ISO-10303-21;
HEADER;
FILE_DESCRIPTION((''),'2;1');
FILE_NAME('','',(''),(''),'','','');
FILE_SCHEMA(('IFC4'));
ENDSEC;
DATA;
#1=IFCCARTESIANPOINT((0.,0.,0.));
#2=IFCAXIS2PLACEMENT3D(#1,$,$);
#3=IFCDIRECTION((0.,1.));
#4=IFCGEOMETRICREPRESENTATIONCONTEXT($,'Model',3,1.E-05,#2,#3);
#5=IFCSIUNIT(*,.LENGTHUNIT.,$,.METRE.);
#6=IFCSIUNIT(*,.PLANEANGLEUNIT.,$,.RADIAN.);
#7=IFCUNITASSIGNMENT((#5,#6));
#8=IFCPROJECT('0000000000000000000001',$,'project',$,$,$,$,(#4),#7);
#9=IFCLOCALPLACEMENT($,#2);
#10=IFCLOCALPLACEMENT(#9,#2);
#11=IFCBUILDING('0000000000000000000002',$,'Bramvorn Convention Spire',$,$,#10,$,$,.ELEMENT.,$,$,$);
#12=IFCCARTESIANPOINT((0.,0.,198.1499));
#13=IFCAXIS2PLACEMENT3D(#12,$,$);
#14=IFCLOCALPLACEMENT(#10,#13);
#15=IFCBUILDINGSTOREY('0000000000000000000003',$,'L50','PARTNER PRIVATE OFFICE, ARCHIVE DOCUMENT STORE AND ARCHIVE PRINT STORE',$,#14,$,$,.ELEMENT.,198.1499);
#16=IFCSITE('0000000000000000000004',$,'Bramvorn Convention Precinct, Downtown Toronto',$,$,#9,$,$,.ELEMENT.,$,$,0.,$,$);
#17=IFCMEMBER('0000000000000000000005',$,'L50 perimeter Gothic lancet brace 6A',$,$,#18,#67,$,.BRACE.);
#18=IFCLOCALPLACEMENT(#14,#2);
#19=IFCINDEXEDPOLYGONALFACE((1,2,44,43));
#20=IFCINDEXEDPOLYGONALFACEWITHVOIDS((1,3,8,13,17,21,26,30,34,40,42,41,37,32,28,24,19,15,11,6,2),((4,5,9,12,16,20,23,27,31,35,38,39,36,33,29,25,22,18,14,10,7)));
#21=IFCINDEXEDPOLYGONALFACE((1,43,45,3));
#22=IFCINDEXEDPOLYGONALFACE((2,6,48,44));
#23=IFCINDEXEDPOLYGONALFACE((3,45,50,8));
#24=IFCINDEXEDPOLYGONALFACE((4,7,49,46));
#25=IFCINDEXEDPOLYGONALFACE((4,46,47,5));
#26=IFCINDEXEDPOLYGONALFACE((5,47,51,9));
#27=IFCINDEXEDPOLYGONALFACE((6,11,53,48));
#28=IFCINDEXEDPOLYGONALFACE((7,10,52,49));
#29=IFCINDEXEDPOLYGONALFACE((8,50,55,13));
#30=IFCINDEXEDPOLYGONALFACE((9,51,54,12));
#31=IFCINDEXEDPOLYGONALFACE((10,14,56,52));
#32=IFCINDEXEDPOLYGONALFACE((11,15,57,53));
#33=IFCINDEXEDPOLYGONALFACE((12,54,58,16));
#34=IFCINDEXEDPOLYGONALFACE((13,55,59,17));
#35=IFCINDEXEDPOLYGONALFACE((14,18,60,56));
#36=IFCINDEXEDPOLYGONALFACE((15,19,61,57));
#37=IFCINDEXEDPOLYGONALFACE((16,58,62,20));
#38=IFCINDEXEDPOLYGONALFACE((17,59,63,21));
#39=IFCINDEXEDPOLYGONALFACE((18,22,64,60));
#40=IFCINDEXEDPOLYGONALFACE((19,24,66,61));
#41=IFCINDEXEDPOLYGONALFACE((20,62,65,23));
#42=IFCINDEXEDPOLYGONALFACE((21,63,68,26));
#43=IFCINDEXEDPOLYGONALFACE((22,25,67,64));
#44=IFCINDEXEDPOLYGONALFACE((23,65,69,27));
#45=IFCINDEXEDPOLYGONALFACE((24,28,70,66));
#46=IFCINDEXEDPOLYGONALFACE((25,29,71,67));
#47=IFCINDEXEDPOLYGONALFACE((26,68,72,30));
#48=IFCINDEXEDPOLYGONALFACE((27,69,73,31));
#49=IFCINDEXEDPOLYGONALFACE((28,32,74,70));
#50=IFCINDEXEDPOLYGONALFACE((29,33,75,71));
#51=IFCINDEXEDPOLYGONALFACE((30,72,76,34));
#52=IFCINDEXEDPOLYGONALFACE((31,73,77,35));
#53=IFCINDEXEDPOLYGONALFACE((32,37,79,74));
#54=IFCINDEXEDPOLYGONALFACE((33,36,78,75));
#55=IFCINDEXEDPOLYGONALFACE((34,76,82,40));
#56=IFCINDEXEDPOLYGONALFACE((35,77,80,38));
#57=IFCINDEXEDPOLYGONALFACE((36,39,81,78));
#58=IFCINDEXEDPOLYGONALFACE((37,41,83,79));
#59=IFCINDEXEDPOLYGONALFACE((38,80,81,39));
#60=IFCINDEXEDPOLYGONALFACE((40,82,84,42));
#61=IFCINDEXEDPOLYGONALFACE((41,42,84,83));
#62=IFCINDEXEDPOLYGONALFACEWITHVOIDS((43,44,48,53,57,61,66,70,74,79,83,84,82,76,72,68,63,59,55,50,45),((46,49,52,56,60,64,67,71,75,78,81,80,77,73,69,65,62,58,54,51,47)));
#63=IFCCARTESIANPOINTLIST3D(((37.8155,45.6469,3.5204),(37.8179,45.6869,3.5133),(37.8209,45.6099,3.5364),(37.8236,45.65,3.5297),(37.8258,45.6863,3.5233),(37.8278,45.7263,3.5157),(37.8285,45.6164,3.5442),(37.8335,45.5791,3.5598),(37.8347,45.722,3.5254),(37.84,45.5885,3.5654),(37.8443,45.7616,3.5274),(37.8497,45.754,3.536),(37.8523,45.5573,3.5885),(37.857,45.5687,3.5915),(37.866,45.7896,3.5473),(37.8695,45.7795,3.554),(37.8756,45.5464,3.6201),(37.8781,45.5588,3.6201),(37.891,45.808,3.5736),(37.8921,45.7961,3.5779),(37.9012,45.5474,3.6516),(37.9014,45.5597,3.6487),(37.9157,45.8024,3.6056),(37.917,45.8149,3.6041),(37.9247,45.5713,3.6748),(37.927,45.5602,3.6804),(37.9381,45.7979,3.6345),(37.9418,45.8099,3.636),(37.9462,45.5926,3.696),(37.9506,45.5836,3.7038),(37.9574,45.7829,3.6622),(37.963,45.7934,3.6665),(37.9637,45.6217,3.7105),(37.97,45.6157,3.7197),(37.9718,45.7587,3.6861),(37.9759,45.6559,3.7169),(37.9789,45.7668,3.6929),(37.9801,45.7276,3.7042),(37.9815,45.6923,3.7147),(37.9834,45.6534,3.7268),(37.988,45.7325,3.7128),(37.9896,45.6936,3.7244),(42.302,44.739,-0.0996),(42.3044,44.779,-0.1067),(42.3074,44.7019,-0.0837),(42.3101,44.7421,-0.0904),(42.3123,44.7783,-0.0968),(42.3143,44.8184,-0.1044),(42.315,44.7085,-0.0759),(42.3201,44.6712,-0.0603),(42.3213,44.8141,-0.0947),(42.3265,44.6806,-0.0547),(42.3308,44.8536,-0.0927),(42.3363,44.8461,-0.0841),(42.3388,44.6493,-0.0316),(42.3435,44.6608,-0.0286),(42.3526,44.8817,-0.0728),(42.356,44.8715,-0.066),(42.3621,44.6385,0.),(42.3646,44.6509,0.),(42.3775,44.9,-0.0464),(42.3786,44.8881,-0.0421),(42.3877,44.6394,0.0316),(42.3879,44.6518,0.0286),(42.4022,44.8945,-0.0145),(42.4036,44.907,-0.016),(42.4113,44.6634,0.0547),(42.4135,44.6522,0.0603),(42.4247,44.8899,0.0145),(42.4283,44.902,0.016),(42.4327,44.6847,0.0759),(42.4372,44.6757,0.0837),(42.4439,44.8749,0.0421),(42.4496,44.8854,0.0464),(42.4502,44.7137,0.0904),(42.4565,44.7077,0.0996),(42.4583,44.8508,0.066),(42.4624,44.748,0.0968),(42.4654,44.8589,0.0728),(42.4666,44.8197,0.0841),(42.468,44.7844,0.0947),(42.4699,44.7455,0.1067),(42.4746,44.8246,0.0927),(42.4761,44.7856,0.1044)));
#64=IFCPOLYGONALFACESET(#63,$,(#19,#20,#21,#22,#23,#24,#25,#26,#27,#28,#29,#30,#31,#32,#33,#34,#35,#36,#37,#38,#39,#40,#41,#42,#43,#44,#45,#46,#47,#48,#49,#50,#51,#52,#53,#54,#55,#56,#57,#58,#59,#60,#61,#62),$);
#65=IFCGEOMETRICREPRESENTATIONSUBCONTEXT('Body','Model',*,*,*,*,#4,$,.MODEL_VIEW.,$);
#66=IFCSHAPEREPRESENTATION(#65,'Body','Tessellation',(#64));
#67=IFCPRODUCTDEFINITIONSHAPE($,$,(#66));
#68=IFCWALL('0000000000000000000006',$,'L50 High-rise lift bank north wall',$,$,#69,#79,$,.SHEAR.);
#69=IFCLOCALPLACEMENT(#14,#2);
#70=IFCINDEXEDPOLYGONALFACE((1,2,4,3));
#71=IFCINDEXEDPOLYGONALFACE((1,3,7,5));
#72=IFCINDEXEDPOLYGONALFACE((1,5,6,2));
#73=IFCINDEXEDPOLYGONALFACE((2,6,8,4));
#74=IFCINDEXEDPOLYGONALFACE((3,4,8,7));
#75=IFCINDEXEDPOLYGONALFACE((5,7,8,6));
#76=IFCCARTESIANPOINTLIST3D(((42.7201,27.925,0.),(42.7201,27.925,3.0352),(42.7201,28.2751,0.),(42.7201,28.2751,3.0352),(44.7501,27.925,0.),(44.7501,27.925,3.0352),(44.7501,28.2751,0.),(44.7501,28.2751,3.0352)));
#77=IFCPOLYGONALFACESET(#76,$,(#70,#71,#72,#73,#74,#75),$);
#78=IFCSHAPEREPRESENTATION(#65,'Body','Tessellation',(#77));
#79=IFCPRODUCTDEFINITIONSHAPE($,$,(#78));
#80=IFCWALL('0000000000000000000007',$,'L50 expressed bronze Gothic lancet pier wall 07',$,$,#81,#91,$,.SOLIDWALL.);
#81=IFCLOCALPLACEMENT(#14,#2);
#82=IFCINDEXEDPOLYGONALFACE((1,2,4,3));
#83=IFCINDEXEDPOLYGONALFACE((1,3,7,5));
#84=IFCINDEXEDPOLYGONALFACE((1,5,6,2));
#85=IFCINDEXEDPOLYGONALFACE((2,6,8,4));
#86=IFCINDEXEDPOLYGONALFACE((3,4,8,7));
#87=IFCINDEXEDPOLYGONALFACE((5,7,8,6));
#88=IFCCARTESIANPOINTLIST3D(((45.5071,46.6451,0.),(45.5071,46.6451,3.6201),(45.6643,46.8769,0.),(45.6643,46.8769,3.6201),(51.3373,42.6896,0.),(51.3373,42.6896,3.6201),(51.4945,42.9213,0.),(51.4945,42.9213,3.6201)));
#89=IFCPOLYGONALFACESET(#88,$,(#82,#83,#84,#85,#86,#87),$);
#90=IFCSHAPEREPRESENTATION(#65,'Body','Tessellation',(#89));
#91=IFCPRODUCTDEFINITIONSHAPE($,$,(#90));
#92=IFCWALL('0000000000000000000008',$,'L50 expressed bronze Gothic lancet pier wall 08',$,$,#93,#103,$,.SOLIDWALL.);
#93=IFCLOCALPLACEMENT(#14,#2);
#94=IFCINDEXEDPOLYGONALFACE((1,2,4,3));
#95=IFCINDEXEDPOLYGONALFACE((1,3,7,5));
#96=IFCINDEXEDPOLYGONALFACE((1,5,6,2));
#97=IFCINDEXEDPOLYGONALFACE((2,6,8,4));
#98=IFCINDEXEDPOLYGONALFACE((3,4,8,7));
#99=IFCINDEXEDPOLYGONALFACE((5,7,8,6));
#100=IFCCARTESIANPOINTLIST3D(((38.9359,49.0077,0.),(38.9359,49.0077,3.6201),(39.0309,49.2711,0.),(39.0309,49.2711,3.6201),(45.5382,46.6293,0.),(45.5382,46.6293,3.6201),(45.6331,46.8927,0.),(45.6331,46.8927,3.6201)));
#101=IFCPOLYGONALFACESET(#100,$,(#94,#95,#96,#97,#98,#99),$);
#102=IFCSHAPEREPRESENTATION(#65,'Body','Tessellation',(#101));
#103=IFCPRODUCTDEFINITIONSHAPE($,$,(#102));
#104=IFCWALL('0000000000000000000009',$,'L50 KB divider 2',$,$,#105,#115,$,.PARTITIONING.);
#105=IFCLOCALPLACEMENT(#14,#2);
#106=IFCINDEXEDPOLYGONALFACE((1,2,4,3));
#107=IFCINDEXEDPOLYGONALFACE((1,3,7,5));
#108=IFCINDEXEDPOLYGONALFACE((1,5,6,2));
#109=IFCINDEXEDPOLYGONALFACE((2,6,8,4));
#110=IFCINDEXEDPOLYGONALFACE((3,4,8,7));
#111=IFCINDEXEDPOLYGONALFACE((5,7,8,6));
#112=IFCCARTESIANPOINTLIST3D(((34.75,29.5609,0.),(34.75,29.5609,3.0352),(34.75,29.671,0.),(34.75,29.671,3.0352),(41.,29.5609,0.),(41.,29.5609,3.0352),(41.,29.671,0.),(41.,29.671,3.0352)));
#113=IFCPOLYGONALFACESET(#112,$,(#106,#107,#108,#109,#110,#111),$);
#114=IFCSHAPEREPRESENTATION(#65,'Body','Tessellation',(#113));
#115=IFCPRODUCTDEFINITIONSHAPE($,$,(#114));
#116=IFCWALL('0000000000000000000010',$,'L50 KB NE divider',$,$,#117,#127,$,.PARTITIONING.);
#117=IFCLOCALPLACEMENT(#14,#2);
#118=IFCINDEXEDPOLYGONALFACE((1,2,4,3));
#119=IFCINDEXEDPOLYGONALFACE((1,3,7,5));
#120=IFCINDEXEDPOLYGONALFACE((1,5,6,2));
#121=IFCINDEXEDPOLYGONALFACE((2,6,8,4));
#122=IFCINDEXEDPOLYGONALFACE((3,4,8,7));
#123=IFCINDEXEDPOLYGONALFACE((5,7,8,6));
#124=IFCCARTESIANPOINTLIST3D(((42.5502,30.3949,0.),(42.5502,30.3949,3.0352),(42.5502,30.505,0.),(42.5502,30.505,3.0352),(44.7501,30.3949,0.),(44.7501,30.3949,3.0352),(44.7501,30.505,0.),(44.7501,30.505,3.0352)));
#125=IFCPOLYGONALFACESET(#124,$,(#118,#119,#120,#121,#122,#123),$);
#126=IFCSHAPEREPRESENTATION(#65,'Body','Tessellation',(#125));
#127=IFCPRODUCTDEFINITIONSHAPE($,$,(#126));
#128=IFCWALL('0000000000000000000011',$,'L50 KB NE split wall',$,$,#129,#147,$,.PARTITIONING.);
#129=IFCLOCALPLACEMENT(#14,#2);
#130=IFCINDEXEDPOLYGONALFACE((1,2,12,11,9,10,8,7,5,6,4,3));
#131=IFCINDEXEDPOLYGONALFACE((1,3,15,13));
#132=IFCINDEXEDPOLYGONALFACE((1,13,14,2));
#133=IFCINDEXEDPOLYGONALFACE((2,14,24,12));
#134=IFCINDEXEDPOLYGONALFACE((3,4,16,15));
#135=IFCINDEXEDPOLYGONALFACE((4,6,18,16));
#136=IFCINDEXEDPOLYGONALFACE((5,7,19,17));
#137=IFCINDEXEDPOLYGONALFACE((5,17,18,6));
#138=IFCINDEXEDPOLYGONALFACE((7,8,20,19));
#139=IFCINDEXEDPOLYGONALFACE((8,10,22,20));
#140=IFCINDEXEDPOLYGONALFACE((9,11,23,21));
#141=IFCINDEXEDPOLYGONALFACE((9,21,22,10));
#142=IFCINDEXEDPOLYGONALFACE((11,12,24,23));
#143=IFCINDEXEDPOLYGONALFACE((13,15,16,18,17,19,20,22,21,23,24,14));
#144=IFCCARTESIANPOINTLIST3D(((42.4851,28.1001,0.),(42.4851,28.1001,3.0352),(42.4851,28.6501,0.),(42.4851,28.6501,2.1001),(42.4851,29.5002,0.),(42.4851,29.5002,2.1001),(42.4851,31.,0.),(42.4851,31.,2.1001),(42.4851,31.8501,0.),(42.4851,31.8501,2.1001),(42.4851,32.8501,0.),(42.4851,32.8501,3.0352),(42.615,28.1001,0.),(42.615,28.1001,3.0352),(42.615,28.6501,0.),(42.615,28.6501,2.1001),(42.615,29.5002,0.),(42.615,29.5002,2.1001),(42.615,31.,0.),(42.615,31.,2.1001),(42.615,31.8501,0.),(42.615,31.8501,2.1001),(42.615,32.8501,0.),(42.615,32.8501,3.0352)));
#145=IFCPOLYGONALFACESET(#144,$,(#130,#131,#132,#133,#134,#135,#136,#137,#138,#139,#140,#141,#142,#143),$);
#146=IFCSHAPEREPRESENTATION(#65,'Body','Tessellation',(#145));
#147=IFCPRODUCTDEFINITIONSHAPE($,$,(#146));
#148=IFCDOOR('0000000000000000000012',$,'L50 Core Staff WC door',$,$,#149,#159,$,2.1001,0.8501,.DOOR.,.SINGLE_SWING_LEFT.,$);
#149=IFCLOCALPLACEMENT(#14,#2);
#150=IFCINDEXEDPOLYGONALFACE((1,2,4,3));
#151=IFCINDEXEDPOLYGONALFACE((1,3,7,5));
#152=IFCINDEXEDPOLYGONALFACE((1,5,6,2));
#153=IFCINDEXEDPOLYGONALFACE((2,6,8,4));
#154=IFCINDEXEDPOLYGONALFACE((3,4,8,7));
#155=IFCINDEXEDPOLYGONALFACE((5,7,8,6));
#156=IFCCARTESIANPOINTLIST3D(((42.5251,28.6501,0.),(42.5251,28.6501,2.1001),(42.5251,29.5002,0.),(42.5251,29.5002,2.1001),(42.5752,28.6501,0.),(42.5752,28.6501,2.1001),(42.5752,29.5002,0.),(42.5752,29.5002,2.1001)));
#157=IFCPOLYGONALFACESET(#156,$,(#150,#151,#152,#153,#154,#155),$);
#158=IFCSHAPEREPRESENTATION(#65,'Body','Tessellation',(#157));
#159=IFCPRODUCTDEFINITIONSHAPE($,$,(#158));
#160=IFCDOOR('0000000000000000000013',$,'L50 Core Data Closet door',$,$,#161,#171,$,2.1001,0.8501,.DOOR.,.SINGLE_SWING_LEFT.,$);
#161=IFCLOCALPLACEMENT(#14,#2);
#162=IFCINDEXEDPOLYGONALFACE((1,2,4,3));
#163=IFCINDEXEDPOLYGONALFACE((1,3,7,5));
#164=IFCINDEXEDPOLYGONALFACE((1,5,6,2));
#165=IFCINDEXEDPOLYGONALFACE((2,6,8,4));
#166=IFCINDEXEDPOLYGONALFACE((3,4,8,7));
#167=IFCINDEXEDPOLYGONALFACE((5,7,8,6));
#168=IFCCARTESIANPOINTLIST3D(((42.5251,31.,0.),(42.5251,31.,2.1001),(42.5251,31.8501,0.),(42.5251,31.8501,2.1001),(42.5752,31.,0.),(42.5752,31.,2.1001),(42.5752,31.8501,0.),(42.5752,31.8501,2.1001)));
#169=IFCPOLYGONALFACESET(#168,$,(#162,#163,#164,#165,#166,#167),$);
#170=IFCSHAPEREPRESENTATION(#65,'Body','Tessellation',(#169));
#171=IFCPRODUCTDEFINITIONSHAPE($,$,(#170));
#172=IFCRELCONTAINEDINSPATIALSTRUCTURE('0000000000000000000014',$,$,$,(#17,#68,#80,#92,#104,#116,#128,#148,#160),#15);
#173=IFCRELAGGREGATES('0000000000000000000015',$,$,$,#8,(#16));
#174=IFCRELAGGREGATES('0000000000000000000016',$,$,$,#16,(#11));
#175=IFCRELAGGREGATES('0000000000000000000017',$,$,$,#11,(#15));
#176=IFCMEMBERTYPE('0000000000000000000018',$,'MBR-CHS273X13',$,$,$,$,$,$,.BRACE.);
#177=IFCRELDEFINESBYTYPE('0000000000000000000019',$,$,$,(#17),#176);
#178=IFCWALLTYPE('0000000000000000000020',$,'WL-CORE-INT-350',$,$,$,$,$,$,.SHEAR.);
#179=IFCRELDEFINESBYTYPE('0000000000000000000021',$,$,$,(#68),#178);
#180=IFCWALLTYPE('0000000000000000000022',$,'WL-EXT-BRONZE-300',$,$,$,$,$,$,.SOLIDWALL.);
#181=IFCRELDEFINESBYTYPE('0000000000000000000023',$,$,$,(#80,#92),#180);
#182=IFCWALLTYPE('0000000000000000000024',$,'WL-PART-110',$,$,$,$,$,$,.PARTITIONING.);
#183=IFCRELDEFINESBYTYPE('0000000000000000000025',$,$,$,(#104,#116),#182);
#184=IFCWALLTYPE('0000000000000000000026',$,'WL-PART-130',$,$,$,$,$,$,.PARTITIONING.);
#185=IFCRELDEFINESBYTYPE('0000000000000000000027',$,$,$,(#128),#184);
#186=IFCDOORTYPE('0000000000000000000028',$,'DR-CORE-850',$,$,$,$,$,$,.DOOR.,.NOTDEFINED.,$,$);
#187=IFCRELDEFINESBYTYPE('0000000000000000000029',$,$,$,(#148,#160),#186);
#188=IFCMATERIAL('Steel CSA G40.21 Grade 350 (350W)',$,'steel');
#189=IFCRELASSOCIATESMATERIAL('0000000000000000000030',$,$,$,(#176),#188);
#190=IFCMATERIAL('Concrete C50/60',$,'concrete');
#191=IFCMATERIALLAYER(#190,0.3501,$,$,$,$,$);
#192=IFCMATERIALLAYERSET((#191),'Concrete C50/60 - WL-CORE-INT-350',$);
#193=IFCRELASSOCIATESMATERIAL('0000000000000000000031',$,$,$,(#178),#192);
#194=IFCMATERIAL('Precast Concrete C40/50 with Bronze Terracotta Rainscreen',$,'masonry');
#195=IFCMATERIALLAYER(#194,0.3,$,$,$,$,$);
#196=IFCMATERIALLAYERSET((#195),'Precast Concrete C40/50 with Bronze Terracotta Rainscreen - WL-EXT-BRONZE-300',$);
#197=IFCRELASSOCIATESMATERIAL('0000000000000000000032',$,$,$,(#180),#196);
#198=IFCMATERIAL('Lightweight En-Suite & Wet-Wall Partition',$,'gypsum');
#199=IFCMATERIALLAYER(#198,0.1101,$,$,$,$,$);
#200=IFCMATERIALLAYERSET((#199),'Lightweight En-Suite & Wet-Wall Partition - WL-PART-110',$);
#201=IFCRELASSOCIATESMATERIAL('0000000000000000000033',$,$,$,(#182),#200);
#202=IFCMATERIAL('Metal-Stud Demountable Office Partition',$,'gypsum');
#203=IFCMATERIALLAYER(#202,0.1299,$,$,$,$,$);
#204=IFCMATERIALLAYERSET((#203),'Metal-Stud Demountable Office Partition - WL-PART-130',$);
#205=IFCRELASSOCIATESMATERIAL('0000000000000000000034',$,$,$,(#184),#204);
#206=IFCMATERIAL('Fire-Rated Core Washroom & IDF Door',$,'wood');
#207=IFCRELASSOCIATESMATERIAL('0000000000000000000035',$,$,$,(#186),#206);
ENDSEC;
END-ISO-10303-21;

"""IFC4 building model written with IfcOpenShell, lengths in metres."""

from ifc_helpers import new_model, si_unit, direction, frame, frame_2d, origin, origin_2d, place, context, subcontext, project, spatial, rectangle, hollow_circle, extrude, material, layer, layer_set, material_profile, profile_set, type_object, element, fill, save


model = new_model("IFC4")

# Units and contexts
model_context = context("Model", 3, precision=1e-05, world=origin(), true_north=direction((0.0, 1.0)))
body_context = subcontext(model_context, "Body", "Model", "MODEL_VIEW")
ifc_project = project(units=[si_unit("LENGTHUNIT", "METRE"), si_unit("PLANEANGLEUNIT", "RADIAN")], contexts=[model_context])

# Site, building, storey
site_placement = place(None, origin())
site = spatial("IfcSite", under=ifc_project, at=site_placement, Name="Bramvorn Convention Precinct, Downtown Toronto", CompositionType="ELEMENT", RefElevation=0.0)
building_placement = place(site_placement, origin())
building = spatial("IfcBuilding", under=site, at=building_placement, Name="Bramvorn Convention Spire", CompositionType="ELEMENT")
storey_placement = place(building_placement, frame((0.0, 0.0, 198.1499)))
storey = spatial("IfcBuildingStorey", under=building, at=storey_placement, Name="L50", Description="PARTNER PRIVATE OFFICE, ARCHIVE DOCUMENT STORE AND ARCHIVE PRINT STORE", CompositionType="ELEMENT", Elevation=198.1499)

# Shared definitions
ifc_material_1 = material(Name="Steel CSA G40.21 Grade 350 (350W)", Category="steel")

# Member
ifc_material_profile_1 = material_profile(ifc_material_1, hollow_circle(Radius=0.1365, WallThickness=0.0127, at=origin_2d()))
ifc_profile_set_1 = profile_set([ifc_material_profile_1], Name="Steel CSA G40.21 Grade 350 (350W) - CHS273X13")
member_type = type_object("IfcMemberType", Name="MBR-CHS273X13", PredefinedType="BRACE", material=ifc_profile_set_1)
member_placement = place(storey_placement, frame((42.3892, 44.7722, 0.0), z_axis=(-0.768774, 0.155579, 0.620307), x_axis=(-0.198352, -0.980131, 0.0)))
element("IfcMember", 1, at=member_placement, inside=storey, type_object=member_type, Name="L50 perimeter Gothic lancet brace 6A", PredefinedType="BRACE", context=body_context, shape_type="SweptSolid", body=[
    extrude(hollow_circle(Radius=0.1365, WallThickness=0.0127, at=origin_2d()), origin(), (0.0, 0.0, 1.0), 5.8359),
])

# Shared definitions
ifc_material_2 = material(Name="Concrete C50/60", Category="concrete")
ifc_layer_1 = layer(ifc_material_2, 0.3501)
ifc_layer_set_1 = layer_set([ifc_layer_1], Name="Concrete C50/60 - WL-CORE-INT-350")
wall_type_1 = type_object("IfcWallType", Name="WL-CORE-INT-350", PredefinedType="SHEAR", material=ifc_layer_set_1)

# Walls
wall_1_placement = place(storey_placement, frame((42.72, 28.1001, 0.0), z_axis=(0.0, 0.0, 1.0), x_axis=(1.0, 0.0, 0.0)))
element("IfcWall", 2, at=wall_1_placement, inside=storey, type_object=wall_type_1, Name="L50 High-rise lift bank north wall", PredefinedType="SHEAR", context=body_context, shape_type="SweptSolid", body=[
    extrude(rectangle(XDim=2.03, YDim=0.3501, at=frame_2d((1.0151, 0.0))), origin(), (0.0, 0.0, 1.0), 3.0352),
])
ifc_material_3 = material(Name="Precast Concrete C40/50 with Bronze Terracotta Rainscreen", Category="masonry")
ifc_layer_2 = layer(ifc_material_3, 0.3)
ifc_layer_set_2 = layer_set([ifc_layer_2], Name="Precast Concrete C40/50 with Bronze Terracotta Rainscreen - WL-EXT-BRONZE-300")
wall_type_2 = type_object("IfcWallType", Name="WL-EXT-BRONZE-300", PredefinedType="SOLIDWALL", material=ifc_layer_set_2)
wall_2_placement = place(storey_placement, frame((45.5857, 46.761, 0.0), z_axis=(0.0, 0.0, 1.0), x_axis=(0.827523, -0.561431, 0.0)))
element("IfcWall", 3, at=wall_2_placement, inside=storey, type_object=wall_type_2, Name="L50 expressed bronze Gothic lancet pier wall 07", PredefinedType="SOLIDWALL", context=body_context, shape_type="SweptSolid", body=[
    extrude(rectangle(XDim=7.0454, YDim=0.28, at=frame_2d((3.5227, 0.0))), origin(), (0.0, 0.0, 1.0), 3.6201),
])
wall_3_placement = place(storey_placement, frame((38.9834, 49.1394, 0.0), z_axis=(0.0, 0.0, 1.0), x_axis=(0.940815, -0.33892, 0.0)))
element("IfcWall", 4, at=wall_3_placement, inside=storey, type_object=wall_type_2, Name="L50 expressed bronze Gothic lancet pier wall 08", PredefinedType="SOLIDWALL", context=body_context, shape_type="SweptSolid", body=[
    extrude(rectangle(XDim=7.0176, YDim=0.28, at=frame_2d((3.5088, 0.0))), origin(), (0.0, 0.0, 1.0), 3.6201),
])
ifc_material_4 = material(Name="Lightweight En-Suite & Wet-Wall Partition", Category="gypsum")
ifc_layer_3 = layer(ifc_material_4, 0.1101)
ifc_layer_set_3 = layer_set([ifc_layer_3], Name="Lightweight En-Suite & Wet-Wall Partition - WL-PART-110")
wall_type_3 = type_object("IfcWallType", Name="WL-PART-110", PredefinedType="PARTITIONING", material=ifc_layer_set_3)
wall_4_placement = place(storey_placement, frame((34.75, 29.616, 0.0), z_axis=(0.0, 0.0, 1.0), x_axis=(1.0, 0.0, 0.0)))
element("IfcWall", 5, at=wall_4_placement, inside=storey, type_object=wall_type_3, Name="L50 KB divider 2", PredefinedType="PARTITIONING", context=body_context, shape_type="SweptSolid", body=[
    extrude(rectangle(XDim=6.25, YDim=0.1101, at=frame_2d((3.125, 0.0))), origin(), (0.0, 0.0, 1.0), 3.0352),
])
wall_5_placement = place(storey_placement, frame((42.55, 30.45, 0.0), z_axis=(0.0, 0.0, 1.0), x_axis=(1.0, 0.0, 0.0)))
element("IfcWall", 6, at=wall_5_placement, inside=storey, type_object=wall_type_3, Name="L50 KB NE divider", PredefinedType="PARTITIONING", context=body_context, shape_type="SweptSolid", body=[
    extrude(rectangle(XDim=2.2, YDim=0.1101, at=frame_2d((1.1001, 0.0))), origin(), (0.0, 0.0, 1.0), 3.0352),
])

# Wall, openings, doors
ifc_material_5 = material(Name="Metal-Stud Demountable Office Partition", Category="gypsum")
ifc_layer_4 = layer(ifc_material_5, 0.1299)
ifc_layer_set_4 = layer_set([ifc_layer_4], Name="Metal-Stud Demountable Office Partition - WL-PART-130")
wall_type_4 = type_object("IfcWallType", Name="WL-PART-130", PredefinedType="PARTITIONING", material=ifc_layer_set_4)
wall_6_placement = place(storey_placement, frame((42.55, 28.1001, 0.0), z_axis=(0.0, 0.0, 1.0), x_axis=(0.0, 1.0, 0.0)))
wall_6 = element("IfcWall", 7, at=wall_6_placement, inside=storey, type_object=wall_type_4, Name="L50 KB NE split wall", PredefinedType="PARTITIONING", context=body_context, shape_type="SweptSolid", body=[
    extrude(rectangle(XDim=4.75, YDim=0.1299, at=frame_2d((2.375, 0.0))), origin(), (0.0, 0.0, 1.0), 3.0352),
])
opening_1_placement = place(wall_6_placement, frame((0.55, 0.0, 0.0)))
opening_1 = element("IfcOpeningElement", 8, at=opening_1_placement, cuts=wall_6, PredefinedType="OPENING", context=body_context, shape_type="SweptSolid", body=[
    extrude(rectangle(XDim=0.8501, YDim=2.1001, at=frame_2d((0.425, 1.05))), frame((0.0, 0.075, 0.0), z_axis=(0.0, -1.0, 0.0), x_axis=(1.0, 0.0, 0.0)), (0.0, 0.0, 1.0), 0.1499),
])
opening_2_placement = place(wall_6_placement, frame((2.8999, 0.0, 0.0)))
opening_2 = element("IfcOpeningElement", 9, at=opening_2_placement, cuts=wall_6, PredefinedType="OPENING", context=body_context, shape_type="SweptSolid", body=[
    extrude(rectangle(XDim=0.8501, YDim=2.1001, at=frame_2d((0.425, 1.05))), frame((0.0, 0.075, 0.0), z_axis=(0.0, -1.0, 0.0), x_axis=(1.0, 0.0, 0.0)), (0.0, 0.0, 1.0), 0.1499),
])
ifc_material_6 = material(Name="Fire-Rated Core Washroom & IDF Door", Category="wood")
door_type_1 = type_object("IfcDoorType", Name="DR-CORE-850", OperationType="NOTDEFINED", PredefinedType="DOOR", material=ifc_material_6)
door_1_placement = place(opening_1_placement, origin())
door_1 = element("IfcDoor", 10, at=door_1_placement, inside=storey, type_object=door_type_1, Name="L50 Core Staff WC door", OperationType="SINGLE_SWING_LEFT", OverallHeight=2.1001, OverallWidth=0.8501, PredefinedType="DOOR", context=body_context, shape_type="SweptSolid", body=[
    extrude(rectangle(XDim=0.8501, YDim=2.1001, at=frame_2d((0.425, 1.05))), frame((0.0, 0.0249, 0.0), z_axis=(0.0, -1.0, 0.0), x_axis=(1.0, 0.0, 0.0)), (0.0, 0.0, 1.0), 0.05),
])
fill(opening_1, door_1)
door_2_placement = place(opening_2_placement, origin())
door_2 = element("IfcDoor", 11, at=door_2_placement, inside=storey, type_object=door_type_1, Name="L50 Core Data Closet door", OperationType="SINGLE_SWING_LEFT", OverallHeight=2.1001, OverallWidth=0.8501, PredefinedType="DOOR", context=body_context, shape_type="SweptSolid", body=[
    extrude(rectangle(XDim=0.8501, YDim=2.1001, at=frame_2d((0.425, 1.05))), frame((0.0, 0.0249, 0.0), z_axis=(0.0, -1.0, 0.0), x_axis=(1.0, 0.0, 0.0)), (0.0, 0.0, 1.0), 0.05),
])
fill(opening_2, door_2)

save(model, "model.ifc")
